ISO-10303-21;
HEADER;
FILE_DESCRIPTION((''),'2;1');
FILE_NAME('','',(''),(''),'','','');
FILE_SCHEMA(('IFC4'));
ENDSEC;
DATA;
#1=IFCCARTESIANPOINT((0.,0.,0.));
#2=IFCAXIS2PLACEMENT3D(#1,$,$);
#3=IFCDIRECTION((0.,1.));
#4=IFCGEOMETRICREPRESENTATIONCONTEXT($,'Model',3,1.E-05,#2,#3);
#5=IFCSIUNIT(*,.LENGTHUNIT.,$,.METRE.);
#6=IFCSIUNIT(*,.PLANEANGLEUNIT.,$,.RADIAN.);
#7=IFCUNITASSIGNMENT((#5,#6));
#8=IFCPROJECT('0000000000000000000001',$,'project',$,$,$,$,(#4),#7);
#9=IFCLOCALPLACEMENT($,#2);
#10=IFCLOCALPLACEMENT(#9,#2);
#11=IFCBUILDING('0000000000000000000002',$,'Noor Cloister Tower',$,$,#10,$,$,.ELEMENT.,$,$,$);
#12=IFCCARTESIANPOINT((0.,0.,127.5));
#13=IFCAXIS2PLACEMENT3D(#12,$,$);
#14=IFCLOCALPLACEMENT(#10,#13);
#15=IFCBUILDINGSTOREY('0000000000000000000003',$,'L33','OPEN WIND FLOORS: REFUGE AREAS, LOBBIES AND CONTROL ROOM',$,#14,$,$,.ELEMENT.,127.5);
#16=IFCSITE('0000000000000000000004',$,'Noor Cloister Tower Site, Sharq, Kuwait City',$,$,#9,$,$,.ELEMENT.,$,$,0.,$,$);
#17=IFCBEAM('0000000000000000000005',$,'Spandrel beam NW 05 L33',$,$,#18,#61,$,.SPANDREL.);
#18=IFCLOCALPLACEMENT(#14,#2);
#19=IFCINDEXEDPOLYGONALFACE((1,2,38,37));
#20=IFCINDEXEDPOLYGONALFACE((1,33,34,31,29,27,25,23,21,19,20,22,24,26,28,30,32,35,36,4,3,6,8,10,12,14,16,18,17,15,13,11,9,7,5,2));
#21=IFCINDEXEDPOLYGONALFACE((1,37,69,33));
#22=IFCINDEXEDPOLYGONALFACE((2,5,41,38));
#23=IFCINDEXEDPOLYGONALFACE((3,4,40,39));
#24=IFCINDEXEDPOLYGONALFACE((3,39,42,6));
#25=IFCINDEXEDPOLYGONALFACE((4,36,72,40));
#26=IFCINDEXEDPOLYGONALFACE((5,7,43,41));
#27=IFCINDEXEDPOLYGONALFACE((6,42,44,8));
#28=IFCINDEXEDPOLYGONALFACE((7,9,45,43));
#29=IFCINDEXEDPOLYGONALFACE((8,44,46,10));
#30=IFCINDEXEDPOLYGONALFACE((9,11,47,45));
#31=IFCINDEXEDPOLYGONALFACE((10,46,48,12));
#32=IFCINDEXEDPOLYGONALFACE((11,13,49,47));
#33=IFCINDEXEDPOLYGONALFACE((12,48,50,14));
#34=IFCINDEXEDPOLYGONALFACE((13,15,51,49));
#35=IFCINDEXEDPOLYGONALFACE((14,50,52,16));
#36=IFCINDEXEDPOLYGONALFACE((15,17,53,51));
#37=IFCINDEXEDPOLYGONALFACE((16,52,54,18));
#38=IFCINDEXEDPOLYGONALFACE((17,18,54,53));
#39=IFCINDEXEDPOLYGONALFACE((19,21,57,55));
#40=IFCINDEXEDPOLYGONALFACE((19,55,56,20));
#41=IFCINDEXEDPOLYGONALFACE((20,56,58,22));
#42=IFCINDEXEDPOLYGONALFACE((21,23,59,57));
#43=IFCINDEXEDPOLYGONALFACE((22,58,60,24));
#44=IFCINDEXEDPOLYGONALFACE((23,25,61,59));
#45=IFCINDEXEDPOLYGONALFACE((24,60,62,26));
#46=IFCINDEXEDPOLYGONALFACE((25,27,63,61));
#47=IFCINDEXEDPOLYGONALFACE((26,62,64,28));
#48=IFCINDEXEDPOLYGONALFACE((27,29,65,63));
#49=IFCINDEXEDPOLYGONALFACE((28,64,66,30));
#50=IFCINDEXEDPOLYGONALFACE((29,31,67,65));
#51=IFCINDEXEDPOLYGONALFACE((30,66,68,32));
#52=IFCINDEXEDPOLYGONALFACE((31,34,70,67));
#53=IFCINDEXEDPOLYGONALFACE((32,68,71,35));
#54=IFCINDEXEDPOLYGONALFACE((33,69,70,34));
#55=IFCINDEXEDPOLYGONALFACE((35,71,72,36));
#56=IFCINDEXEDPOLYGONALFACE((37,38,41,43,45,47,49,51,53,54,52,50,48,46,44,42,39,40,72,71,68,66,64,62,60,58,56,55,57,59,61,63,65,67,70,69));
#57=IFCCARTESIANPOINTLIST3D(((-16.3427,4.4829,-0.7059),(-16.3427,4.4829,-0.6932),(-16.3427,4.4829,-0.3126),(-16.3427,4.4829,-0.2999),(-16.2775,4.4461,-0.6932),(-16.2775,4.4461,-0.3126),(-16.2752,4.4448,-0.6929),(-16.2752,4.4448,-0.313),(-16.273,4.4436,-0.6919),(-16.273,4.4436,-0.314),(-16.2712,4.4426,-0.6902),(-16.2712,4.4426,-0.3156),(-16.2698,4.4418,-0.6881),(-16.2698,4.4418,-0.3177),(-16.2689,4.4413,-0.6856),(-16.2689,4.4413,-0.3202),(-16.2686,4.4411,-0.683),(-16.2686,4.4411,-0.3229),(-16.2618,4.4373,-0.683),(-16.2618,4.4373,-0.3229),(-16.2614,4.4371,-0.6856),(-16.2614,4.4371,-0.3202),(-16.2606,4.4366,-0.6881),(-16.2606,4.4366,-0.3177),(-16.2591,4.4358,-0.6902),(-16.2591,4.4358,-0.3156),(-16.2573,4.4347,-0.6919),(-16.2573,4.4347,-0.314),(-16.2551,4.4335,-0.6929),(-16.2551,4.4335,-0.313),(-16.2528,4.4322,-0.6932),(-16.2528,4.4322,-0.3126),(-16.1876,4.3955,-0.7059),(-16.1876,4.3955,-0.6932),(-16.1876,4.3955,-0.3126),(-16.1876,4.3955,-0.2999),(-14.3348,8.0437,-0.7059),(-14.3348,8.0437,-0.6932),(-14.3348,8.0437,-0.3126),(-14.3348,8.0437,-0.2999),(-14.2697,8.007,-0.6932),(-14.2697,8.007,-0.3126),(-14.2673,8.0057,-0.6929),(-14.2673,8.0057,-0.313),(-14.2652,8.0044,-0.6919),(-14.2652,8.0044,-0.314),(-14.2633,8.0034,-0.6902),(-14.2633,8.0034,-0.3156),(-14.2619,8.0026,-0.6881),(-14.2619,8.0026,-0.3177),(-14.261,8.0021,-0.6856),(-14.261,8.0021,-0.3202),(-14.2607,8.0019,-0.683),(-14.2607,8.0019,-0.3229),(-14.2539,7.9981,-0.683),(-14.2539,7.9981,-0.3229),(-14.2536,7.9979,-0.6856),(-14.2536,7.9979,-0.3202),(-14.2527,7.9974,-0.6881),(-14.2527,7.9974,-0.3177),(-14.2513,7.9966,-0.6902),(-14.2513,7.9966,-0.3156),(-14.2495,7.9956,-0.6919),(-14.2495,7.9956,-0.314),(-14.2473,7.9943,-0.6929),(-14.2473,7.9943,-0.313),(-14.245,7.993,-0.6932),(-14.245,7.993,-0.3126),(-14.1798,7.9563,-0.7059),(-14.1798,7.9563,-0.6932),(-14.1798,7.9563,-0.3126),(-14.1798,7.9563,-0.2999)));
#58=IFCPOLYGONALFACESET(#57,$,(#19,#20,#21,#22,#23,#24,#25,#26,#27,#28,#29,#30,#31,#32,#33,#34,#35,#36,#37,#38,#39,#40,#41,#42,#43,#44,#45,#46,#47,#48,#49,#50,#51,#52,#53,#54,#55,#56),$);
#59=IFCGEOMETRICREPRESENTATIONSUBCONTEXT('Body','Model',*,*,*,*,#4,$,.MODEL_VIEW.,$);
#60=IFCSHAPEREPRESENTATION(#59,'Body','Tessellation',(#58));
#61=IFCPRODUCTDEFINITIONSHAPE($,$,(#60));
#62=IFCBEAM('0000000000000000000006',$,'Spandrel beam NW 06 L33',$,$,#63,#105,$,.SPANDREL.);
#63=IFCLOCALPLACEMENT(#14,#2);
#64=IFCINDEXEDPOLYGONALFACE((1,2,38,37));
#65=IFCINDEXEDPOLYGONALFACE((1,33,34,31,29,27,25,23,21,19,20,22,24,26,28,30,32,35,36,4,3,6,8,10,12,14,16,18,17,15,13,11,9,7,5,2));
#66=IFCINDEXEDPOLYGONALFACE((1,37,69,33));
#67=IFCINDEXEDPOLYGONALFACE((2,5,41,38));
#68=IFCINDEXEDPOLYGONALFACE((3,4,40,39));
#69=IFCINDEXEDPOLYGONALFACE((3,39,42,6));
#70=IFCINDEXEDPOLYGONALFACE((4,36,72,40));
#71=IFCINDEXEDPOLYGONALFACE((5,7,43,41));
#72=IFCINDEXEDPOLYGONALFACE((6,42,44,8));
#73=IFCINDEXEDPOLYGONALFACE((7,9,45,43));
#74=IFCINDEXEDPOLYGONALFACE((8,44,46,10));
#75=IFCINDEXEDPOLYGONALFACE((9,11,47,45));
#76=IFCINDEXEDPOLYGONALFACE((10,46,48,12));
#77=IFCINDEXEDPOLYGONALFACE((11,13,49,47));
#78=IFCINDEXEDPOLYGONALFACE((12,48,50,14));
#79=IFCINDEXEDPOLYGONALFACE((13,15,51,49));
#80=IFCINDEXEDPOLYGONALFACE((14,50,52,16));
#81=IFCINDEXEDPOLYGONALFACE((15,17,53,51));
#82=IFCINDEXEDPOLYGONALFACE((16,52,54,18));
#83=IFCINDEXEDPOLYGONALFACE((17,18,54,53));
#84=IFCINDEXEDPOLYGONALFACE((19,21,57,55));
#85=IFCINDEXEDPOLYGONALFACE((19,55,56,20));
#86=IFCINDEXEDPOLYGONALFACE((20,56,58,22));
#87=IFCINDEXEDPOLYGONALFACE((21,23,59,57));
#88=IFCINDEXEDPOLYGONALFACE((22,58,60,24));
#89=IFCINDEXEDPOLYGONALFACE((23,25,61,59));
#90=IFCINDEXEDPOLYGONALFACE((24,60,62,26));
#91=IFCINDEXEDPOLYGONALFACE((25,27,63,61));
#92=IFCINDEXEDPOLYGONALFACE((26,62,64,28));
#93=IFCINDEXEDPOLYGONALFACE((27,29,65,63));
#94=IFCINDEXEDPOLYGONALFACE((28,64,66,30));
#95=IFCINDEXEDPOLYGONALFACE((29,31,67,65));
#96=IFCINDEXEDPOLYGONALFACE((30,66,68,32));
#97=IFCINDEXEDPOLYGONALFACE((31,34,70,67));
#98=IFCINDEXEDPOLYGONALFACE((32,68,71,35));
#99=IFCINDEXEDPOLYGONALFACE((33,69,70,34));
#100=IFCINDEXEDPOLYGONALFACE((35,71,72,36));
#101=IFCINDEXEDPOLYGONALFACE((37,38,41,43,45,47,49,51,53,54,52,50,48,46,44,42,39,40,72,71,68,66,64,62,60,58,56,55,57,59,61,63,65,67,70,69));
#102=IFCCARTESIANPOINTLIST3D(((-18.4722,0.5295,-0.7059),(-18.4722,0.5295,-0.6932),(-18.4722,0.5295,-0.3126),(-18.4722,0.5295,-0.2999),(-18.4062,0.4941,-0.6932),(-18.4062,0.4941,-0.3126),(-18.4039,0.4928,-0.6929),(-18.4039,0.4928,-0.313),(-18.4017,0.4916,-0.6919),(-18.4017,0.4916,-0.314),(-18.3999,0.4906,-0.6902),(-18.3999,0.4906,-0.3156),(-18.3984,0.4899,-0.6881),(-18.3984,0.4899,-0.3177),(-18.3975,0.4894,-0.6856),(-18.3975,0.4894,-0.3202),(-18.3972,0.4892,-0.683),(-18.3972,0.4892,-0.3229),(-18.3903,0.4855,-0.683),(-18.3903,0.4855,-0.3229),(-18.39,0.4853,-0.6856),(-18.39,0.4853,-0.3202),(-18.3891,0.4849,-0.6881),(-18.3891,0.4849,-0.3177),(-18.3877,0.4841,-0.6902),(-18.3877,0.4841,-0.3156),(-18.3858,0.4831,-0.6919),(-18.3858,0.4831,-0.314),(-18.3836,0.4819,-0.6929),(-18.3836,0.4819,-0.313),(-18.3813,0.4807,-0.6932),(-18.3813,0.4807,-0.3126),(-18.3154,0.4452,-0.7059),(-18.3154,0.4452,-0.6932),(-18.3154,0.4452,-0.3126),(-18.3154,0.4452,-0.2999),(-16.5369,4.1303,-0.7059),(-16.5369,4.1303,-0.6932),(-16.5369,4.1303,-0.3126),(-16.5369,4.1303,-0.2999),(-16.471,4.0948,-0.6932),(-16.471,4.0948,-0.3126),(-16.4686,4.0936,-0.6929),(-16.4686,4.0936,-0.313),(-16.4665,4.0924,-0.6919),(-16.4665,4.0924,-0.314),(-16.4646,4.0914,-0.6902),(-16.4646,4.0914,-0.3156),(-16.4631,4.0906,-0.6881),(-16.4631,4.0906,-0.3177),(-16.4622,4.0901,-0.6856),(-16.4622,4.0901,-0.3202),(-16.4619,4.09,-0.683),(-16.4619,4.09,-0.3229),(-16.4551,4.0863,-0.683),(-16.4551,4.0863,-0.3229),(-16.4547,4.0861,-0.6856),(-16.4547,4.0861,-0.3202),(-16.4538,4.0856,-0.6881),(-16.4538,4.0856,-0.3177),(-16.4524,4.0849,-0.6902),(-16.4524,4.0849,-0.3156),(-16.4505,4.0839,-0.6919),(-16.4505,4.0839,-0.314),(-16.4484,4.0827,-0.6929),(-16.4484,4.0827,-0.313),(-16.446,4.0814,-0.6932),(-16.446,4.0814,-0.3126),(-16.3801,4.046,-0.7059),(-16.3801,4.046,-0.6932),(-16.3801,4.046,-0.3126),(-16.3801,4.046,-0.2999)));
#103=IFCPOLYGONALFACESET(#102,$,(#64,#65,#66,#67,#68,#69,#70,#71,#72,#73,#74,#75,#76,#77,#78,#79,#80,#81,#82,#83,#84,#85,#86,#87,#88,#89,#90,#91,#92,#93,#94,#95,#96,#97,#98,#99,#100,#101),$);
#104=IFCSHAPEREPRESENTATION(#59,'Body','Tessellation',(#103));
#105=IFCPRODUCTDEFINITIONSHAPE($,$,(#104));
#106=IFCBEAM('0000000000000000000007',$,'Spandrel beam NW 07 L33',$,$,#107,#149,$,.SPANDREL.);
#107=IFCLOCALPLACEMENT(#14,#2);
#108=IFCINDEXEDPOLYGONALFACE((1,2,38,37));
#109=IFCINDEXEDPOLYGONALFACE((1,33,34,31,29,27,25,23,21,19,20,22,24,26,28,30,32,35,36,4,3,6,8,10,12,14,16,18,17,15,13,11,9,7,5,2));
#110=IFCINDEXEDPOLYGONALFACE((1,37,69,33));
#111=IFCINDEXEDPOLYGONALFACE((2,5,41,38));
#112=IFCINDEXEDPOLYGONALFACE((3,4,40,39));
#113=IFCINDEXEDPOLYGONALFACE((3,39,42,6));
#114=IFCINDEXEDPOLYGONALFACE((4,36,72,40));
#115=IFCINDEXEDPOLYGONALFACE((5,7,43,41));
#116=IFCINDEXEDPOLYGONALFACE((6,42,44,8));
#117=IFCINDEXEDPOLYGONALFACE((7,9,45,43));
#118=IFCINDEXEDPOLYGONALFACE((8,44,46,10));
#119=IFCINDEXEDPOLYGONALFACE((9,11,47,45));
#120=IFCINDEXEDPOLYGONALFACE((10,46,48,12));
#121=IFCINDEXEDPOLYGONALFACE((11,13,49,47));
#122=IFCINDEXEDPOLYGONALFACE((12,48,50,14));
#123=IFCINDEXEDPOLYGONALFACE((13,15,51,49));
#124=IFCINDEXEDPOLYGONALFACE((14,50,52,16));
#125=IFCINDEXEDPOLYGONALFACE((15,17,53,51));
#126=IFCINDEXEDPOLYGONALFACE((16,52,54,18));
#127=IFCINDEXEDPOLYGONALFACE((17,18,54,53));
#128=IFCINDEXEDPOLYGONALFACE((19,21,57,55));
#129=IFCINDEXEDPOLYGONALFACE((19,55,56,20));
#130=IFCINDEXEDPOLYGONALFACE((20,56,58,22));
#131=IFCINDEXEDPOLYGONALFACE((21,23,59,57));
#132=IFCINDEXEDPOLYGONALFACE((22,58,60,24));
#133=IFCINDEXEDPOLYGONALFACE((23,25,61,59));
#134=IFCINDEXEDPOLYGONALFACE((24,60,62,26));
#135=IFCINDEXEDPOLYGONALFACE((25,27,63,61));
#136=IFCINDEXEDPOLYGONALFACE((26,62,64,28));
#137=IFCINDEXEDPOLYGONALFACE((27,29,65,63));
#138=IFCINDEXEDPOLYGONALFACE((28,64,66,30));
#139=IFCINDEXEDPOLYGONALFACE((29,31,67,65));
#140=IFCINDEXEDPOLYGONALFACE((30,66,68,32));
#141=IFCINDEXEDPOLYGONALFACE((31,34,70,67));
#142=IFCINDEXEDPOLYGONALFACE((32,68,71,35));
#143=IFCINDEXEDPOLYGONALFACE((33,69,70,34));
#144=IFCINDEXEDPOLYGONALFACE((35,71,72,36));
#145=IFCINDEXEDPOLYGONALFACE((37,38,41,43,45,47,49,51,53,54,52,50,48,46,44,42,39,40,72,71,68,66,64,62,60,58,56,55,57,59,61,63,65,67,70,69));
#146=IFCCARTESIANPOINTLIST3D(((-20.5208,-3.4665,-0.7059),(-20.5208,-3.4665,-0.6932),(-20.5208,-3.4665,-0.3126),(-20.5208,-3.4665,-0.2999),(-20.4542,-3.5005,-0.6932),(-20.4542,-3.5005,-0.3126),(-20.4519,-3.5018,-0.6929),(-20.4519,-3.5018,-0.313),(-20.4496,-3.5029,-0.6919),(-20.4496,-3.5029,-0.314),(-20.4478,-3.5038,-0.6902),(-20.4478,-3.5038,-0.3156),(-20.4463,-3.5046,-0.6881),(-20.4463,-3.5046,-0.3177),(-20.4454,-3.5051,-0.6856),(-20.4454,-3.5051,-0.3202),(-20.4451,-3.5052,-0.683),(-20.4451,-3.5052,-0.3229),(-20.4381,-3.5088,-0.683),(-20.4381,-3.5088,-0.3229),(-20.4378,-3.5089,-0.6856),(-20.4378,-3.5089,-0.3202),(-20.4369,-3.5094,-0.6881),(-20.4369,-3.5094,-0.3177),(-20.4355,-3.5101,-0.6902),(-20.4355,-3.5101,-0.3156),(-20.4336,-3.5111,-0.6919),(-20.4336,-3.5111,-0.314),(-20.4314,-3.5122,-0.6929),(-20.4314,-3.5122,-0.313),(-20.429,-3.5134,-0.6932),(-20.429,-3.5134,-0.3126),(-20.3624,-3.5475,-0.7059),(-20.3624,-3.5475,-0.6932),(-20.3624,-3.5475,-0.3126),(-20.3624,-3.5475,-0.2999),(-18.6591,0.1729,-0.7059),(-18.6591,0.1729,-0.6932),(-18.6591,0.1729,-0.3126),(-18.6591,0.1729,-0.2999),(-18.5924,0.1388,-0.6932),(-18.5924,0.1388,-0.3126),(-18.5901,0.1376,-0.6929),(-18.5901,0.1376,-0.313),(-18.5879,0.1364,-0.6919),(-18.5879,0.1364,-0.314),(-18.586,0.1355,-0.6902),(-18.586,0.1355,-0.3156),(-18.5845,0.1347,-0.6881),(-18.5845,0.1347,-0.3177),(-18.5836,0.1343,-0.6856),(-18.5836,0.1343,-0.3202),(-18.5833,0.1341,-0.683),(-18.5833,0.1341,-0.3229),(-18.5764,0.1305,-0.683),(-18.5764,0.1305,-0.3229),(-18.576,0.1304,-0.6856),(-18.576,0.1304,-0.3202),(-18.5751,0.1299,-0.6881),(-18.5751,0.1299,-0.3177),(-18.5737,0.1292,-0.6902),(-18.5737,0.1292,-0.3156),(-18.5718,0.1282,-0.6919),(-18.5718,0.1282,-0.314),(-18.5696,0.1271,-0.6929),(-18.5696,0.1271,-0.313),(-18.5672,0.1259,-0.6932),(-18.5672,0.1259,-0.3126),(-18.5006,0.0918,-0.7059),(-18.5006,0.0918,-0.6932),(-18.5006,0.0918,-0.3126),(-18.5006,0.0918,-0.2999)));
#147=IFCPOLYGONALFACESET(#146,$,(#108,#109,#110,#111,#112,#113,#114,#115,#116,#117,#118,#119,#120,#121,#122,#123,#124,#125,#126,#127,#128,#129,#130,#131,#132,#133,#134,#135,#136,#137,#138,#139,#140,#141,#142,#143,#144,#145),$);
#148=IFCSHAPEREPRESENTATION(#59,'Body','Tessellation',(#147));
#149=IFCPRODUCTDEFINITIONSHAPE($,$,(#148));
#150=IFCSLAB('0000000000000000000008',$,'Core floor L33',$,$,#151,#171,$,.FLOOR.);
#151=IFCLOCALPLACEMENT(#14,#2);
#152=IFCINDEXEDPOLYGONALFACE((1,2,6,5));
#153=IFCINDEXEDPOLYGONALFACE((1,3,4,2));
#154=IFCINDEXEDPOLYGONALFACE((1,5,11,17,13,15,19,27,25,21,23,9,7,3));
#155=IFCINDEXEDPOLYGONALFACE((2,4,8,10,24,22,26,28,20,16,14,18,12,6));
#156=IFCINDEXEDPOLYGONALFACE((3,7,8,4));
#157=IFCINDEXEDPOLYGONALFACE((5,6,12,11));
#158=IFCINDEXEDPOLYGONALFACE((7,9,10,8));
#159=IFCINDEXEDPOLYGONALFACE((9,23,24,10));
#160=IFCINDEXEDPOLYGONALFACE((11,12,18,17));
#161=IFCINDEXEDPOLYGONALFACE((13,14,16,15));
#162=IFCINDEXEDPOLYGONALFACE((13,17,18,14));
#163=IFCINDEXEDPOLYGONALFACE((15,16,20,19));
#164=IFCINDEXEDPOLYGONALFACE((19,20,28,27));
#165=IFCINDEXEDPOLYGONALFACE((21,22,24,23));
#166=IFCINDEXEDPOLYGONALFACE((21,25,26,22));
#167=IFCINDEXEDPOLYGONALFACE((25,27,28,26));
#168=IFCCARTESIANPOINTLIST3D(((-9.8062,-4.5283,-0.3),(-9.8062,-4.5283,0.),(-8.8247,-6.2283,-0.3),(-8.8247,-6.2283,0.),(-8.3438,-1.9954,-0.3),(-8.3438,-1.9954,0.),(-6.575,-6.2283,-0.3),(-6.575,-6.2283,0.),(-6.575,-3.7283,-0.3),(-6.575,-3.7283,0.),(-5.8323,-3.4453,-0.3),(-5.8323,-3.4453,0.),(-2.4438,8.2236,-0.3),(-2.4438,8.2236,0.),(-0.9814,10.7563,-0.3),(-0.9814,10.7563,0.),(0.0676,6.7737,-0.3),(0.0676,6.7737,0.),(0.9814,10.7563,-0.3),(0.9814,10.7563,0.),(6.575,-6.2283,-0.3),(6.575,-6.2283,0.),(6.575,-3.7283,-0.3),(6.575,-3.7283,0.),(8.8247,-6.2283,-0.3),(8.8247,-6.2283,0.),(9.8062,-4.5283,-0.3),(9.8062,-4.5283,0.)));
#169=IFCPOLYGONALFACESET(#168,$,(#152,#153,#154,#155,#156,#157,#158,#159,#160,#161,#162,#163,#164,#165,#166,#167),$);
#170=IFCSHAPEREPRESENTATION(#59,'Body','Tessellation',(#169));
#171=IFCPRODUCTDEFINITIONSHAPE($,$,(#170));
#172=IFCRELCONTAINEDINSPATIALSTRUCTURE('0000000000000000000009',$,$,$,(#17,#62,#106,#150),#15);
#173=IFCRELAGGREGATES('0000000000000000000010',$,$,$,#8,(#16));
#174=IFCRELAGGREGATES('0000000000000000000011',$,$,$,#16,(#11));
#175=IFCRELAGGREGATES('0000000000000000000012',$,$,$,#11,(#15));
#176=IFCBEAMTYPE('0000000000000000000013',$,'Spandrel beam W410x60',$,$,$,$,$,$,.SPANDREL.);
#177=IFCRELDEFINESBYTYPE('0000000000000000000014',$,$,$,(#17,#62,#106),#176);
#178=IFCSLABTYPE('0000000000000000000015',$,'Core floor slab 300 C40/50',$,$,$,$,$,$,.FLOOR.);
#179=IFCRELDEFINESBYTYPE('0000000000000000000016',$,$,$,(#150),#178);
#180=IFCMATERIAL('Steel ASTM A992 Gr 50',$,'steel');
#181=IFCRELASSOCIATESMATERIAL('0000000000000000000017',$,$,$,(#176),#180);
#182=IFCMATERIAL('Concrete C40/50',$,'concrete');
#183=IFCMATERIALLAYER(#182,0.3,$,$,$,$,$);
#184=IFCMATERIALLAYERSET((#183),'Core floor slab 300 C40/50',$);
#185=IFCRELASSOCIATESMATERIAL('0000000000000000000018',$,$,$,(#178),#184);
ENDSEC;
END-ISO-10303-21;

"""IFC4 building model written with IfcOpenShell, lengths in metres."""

from ifc_helpers import new_model, si_unit, direction, frame, origin, origin_2d, place, context, subcontext, project, spatial, polyline, i_section, outline, extrude, material, layer, layer_set, material_profile, profile_set, type_object, element, save


model = new_model("IFC4")

# Units and contexts
model_context = context("Model", 3, precision=1e-05, world=origin(), true_north=direction((0.0, 1.0)))
body_context = subcontext(model_context, "Body", "Model", "MODEL_VIEW")
ifc_project = project(units=[si_unit("LENGTHUNIT", "METRE"), si_unit("PLANEANGLEUNIT", "RADIAN")], contexts=[model_context])

# Site, building, storey
site_placement = place(None, origin())
site = spatial("IfcSite", under=ifc_project, at=site_placement, Name="Noor Cloister Tower Site, Sharq, Kuwait City", CompositionType="ELEMENT", RefElevation=0.0)
building_placement = place(site_placement, origin())
building = spatial("IfcBuilding", under=site, at=building_placement, Name="Noor Cloister Tower", CompositionType="ELEMENT")
storey_placement = place(building_placement, frame((0.0, 0.0, 127.5)))
storey = spatial("IfcBuildingStorey", under=building, at=storey_placement, Name="L33", Description="OPEN WIND FLOORS: REFUGE AREAS, LOBBIES AND CONTROL ROOM", CompositionType="ELEMENT", Elevation=127.5)

# Beams
ifc_material_1 = material(Name="Steel ASTM A992 Gr 50", Category="steel")
ifc_material_profile_1 = material_profile(ifc_material_1, i_section(OverallWidth=0.178, OverallDepth=0.406, WebThickness=0.0078, FlangeThickness=0.0127, FilletRadius=0.0103, at=origin_2d()), Name="W410x60")
ifc_profile_set_1 = profile_set([ifc_material_profile_1], Name="Steel ASTM A992 Gr 50")
beam_type_1 = type_object("IfcBeamType", Name="Spandrel beam W410x60", PredefinedType="SPANDREL", material=ifc_profile_set_1)
for number, where, z_axis, x_axis, name in (
    (1, (-14.2573, 8.0, -0.5029), (-0.491166, -0.871066, 0.0), (0.871066, -0.491166, 0.0), "Spandrel beam NW 05 L33"),
    (2, (-16.4585, 4.0881, -0.5029), (-0.473416, -0.880839, 0.0), (0.880839, -0.473416, 0.0), "Spandrel beam NW 06 L33"),
    (3, (-18.5798, 0.1323, -0.5029), (-0.455436, -0.890268, 0.0), (0.890268, -0.455436, 0.0), "Spandrel beam NW 07 L33"),
):
    element("IfcBeam", number, at=place(storey_placement, frame(where, z_axis=z_axis, x_axis=x_axis)), inside=storey, type_object=beam_type_1, Name=name, PredefinedType="SPANDREL", context=body_context, shape_type="SweptSolid", body=[
        extrude(i_section(OverallWidth=0.178, OverallDepth=0.406, WebThickness=0.0078, FlangeThickness=0.0127, FilletRadius=0.0103, at=origin_2d()), origin(), (0.0, 0.0, 1.0), 4.0879),
    ])

# Slab
ifc_material_2 = material(Name="Concrete C40/50", Category="concrete")
ifc_layer_1 = layer(ifc_material_2, 0.3)
ifc_layer_set_1 = layer_set([ifc_layer_1], Name="Core floor slab 300 C40/50")
slab_type_1 = type_object("IfcSlabType", Name="Core floor slab 300 C40/50", PredefinedType="FLOOR", material=ifc_layer_set_1)
slab_1_placement = place(storey_placement, frame((0.0, 0.0, -0.3)))
element("IfcSlab", 4, at=slab_1_placement, inside=storey, type_object=slab_type_1, Name="Core floor L33", PredefinedType="FLOOR", context=body_context, shape_type="SweptSolid", body=[
    extrude(outline(polyline([(-6.575, -6.2283), (-6.575, -3.7283), (6.575, -3.7283), (6.575, -6.2283), (8.8247, -6.2283), (9.8062, -4.5283), (0.9814, 10.7563), (-0.9814, 10.7563), (-2.4438, 8.2236), (0.0676, 6.7737), (-5.8323, -3.4453), (-8.3438, -1.9954), (-9.8062, -4.5283), (-8.8247, -6.2283), (-6.575, -6.2283)])), origin(), (0.0, 0.0, 1.0), 0.3),
])

save(model, "model.ifc")
